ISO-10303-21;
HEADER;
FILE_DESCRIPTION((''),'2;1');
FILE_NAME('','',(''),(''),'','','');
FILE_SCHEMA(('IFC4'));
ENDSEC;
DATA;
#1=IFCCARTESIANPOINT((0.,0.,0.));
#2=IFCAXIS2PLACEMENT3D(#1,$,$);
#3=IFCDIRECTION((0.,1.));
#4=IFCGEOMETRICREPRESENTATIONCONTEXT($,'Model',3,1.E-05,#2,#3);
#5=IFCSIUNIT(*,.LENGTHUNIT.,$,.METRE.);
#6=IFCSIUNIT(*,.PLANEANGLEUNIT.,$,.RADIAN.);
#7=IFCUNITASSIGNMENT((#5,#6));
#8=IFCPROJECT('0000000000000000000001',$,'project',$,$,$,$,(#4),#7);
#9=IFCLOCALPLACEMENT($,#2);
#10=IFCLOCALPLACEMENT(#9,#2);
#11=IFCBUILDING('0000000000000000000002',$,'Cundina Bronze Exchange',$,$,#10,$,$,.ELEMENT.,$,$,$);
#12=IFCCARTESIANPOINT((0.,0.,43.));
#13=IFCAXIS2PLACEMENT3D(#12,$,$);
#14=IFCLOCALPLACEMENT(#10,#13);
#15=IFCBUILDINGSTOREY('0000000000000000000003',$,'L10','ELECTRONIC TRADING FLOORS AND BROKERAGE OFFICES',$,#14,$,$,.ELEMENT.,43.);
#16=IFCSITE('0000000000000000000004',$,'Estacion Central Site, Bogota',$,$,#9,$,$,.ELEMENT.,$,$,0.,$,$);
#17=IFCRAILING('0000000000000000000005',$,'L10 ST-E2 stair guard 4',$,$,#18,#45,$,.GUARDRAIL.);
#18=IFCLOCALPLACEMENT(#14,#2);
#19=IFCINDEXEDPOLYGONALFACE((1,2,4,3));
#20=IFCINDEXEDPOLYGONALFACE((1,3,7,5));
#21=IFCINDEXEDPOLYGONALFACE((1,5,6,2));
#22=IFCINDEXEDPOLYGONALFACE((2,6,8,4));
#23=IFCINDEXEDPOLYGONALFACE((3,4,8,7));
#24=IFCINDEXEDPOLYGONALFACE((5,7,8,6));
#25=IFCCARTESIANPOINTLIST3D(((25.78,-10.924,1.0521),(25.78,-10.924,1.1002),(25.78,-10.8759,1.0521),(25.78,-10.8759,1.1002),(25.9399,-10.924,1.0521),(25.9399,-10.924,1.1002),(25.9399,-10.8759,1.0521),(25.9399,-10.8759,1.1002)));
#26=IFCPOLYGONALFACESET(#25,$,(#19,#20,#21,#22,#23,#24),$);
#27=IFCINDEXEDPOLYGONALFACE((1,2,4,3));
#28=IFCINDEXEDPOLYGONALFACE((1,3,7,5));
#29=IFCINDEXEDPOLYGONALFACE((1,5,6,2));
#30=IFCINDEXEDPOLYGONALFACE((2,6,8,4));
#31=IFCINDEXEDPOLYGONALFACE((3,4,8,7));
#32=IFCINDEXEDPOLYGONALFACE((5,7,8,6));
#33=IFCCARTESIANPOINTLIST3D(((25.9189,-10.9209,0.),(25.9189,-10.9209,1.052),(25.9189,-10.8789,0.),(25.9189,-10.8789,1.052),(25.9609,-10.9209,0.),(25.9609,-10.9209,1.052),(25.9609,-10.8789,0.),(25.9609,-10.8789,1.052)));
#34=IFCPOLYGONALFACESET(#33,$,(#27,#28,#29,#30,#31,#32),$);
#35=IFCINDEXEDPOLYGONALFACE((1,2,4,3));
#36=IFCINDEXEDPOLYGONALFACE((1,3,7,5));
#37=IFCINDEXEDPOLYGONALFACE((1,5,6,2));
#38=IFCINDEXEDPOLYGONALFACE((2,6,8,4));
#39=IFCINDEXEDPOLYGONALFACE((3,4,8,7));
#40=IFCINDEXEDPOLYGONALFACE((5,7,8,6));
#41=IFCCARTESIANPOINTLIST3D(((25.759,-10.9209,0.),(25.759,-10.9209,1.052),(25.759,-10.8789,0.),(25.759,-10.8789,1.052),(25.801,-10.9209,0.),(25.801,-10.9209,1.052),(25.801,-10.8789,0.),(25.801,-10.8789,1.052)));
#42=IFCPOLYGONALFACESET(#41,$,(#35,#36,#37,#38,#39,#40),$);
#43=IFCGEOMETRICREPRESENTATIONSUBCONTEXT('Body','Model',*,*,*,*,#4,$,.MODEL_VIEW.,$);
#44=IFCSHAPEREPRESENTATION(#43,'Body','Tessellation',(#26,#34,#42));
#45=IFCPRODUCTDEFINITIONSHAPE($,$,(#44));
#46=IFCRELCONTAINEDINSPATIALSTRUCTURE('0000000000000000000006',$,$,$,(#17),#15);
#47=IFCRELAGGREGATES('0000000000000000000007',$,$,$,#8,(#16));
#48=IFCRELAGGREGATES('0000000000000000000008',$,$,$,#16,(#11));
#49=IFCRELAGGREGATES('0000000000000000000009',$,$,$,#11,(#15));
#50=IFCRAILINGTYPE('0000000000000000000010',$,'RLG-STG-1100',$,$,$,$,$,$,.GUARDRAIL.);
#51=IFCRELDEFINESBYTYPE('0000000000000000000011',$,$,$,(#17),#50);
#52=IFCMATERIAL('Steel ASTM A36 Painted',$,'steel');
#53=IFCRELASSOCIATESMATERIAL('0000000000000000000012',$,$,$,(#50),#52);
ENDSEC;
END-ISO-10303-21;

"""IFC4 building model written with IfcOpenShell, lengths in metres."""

from ifc_helpers import new_model, si_unit, direction, frame, origin, origin_2d, place, context, subcontext, project, spatial, rectangle, extrude, material, type_object, element, save


model = new_model("IFC4")

# Units and contexts
model_context = context("Model", 3, precision=1e-05, world=origin(), true_north=direction((0.0, 1.0)))
body_context = subcontext(model_context, "Body", "Model", "MODEL_VIEW")
ifc_project = project(units=[si_unit("LENGTHUNIT", "METRE"), si_unit("PLANEANGLEUNIT", "RADIAN")], contexts=[model_context])

# Site, building, storey
site_placement = place(None, origin())
site = spatial("IfcSite", under=ifc_project, at=site_placement, Name="Estacion Central Site, Bogota", CompositionType="ELEMENT", RefElevation=0.0)
building_placement = place(site_placement, origin())
building = spatial("IfcBuilding", under=site, at=building_placement, Name="Cundina Bronze Exchange", CompositionType="ELEMENT")
storey_placement = place(building_placement, frame((0.0, 0.0, 43.0)))
storey = spatial("IfcBuildingStorey", under=building, at=storey_placement, Name="L10", Description="ELECTRONIC TRADING FLOORS AND BROKERAGE OFFICES", CompositionType="ELEMENT", Elevation=43.0)

# Shared definitions
ifc_material_1 = material(Name="Steel ASTM A36 Painted", Category="steel")

# Railing
railing_type_1 = type_object("IfcRailingType", Name="RLG-STG-1100", PredefinedType="GUARDRAIL", material=ifc_material_1)
railing_1_placement = place(storey_placement, frame((25.9399, -10.8999, 0.0)))
element("IfcRailing", 1, at=railing_1_placement, inside=storey, type_object=railing_type_1, Name="L10 ST-E2 stair guard 4", PredefinedType="GUARDRAIL", context=body_context, shape_type="SweptSolid", body=[
    extrude(rectangle(XDim=0.0481, YDim=0.0481, at=origin_2d()), frame((0.0, 0.0, 1.0762), z_axis=(-1.0, 0.0, 0.0), x_axis=(0.0, -1.0, 0.0)), (0.0, 0.0, 1.0), 0.1599),
    extrude(rectangle(XDim=0.042, YDim=0.042, at=origin_2d()), origin(), (0.0, 0.0, 1.0), 1.052),
    extrude(rectangle(XDim=0.042, YDim=0.042, at=origin_2d()), frame((-0.1599, 0.0, 0.0)), (0.0, 0.0, 1.0), 1.052),
])

save(model, "model.ifc")
